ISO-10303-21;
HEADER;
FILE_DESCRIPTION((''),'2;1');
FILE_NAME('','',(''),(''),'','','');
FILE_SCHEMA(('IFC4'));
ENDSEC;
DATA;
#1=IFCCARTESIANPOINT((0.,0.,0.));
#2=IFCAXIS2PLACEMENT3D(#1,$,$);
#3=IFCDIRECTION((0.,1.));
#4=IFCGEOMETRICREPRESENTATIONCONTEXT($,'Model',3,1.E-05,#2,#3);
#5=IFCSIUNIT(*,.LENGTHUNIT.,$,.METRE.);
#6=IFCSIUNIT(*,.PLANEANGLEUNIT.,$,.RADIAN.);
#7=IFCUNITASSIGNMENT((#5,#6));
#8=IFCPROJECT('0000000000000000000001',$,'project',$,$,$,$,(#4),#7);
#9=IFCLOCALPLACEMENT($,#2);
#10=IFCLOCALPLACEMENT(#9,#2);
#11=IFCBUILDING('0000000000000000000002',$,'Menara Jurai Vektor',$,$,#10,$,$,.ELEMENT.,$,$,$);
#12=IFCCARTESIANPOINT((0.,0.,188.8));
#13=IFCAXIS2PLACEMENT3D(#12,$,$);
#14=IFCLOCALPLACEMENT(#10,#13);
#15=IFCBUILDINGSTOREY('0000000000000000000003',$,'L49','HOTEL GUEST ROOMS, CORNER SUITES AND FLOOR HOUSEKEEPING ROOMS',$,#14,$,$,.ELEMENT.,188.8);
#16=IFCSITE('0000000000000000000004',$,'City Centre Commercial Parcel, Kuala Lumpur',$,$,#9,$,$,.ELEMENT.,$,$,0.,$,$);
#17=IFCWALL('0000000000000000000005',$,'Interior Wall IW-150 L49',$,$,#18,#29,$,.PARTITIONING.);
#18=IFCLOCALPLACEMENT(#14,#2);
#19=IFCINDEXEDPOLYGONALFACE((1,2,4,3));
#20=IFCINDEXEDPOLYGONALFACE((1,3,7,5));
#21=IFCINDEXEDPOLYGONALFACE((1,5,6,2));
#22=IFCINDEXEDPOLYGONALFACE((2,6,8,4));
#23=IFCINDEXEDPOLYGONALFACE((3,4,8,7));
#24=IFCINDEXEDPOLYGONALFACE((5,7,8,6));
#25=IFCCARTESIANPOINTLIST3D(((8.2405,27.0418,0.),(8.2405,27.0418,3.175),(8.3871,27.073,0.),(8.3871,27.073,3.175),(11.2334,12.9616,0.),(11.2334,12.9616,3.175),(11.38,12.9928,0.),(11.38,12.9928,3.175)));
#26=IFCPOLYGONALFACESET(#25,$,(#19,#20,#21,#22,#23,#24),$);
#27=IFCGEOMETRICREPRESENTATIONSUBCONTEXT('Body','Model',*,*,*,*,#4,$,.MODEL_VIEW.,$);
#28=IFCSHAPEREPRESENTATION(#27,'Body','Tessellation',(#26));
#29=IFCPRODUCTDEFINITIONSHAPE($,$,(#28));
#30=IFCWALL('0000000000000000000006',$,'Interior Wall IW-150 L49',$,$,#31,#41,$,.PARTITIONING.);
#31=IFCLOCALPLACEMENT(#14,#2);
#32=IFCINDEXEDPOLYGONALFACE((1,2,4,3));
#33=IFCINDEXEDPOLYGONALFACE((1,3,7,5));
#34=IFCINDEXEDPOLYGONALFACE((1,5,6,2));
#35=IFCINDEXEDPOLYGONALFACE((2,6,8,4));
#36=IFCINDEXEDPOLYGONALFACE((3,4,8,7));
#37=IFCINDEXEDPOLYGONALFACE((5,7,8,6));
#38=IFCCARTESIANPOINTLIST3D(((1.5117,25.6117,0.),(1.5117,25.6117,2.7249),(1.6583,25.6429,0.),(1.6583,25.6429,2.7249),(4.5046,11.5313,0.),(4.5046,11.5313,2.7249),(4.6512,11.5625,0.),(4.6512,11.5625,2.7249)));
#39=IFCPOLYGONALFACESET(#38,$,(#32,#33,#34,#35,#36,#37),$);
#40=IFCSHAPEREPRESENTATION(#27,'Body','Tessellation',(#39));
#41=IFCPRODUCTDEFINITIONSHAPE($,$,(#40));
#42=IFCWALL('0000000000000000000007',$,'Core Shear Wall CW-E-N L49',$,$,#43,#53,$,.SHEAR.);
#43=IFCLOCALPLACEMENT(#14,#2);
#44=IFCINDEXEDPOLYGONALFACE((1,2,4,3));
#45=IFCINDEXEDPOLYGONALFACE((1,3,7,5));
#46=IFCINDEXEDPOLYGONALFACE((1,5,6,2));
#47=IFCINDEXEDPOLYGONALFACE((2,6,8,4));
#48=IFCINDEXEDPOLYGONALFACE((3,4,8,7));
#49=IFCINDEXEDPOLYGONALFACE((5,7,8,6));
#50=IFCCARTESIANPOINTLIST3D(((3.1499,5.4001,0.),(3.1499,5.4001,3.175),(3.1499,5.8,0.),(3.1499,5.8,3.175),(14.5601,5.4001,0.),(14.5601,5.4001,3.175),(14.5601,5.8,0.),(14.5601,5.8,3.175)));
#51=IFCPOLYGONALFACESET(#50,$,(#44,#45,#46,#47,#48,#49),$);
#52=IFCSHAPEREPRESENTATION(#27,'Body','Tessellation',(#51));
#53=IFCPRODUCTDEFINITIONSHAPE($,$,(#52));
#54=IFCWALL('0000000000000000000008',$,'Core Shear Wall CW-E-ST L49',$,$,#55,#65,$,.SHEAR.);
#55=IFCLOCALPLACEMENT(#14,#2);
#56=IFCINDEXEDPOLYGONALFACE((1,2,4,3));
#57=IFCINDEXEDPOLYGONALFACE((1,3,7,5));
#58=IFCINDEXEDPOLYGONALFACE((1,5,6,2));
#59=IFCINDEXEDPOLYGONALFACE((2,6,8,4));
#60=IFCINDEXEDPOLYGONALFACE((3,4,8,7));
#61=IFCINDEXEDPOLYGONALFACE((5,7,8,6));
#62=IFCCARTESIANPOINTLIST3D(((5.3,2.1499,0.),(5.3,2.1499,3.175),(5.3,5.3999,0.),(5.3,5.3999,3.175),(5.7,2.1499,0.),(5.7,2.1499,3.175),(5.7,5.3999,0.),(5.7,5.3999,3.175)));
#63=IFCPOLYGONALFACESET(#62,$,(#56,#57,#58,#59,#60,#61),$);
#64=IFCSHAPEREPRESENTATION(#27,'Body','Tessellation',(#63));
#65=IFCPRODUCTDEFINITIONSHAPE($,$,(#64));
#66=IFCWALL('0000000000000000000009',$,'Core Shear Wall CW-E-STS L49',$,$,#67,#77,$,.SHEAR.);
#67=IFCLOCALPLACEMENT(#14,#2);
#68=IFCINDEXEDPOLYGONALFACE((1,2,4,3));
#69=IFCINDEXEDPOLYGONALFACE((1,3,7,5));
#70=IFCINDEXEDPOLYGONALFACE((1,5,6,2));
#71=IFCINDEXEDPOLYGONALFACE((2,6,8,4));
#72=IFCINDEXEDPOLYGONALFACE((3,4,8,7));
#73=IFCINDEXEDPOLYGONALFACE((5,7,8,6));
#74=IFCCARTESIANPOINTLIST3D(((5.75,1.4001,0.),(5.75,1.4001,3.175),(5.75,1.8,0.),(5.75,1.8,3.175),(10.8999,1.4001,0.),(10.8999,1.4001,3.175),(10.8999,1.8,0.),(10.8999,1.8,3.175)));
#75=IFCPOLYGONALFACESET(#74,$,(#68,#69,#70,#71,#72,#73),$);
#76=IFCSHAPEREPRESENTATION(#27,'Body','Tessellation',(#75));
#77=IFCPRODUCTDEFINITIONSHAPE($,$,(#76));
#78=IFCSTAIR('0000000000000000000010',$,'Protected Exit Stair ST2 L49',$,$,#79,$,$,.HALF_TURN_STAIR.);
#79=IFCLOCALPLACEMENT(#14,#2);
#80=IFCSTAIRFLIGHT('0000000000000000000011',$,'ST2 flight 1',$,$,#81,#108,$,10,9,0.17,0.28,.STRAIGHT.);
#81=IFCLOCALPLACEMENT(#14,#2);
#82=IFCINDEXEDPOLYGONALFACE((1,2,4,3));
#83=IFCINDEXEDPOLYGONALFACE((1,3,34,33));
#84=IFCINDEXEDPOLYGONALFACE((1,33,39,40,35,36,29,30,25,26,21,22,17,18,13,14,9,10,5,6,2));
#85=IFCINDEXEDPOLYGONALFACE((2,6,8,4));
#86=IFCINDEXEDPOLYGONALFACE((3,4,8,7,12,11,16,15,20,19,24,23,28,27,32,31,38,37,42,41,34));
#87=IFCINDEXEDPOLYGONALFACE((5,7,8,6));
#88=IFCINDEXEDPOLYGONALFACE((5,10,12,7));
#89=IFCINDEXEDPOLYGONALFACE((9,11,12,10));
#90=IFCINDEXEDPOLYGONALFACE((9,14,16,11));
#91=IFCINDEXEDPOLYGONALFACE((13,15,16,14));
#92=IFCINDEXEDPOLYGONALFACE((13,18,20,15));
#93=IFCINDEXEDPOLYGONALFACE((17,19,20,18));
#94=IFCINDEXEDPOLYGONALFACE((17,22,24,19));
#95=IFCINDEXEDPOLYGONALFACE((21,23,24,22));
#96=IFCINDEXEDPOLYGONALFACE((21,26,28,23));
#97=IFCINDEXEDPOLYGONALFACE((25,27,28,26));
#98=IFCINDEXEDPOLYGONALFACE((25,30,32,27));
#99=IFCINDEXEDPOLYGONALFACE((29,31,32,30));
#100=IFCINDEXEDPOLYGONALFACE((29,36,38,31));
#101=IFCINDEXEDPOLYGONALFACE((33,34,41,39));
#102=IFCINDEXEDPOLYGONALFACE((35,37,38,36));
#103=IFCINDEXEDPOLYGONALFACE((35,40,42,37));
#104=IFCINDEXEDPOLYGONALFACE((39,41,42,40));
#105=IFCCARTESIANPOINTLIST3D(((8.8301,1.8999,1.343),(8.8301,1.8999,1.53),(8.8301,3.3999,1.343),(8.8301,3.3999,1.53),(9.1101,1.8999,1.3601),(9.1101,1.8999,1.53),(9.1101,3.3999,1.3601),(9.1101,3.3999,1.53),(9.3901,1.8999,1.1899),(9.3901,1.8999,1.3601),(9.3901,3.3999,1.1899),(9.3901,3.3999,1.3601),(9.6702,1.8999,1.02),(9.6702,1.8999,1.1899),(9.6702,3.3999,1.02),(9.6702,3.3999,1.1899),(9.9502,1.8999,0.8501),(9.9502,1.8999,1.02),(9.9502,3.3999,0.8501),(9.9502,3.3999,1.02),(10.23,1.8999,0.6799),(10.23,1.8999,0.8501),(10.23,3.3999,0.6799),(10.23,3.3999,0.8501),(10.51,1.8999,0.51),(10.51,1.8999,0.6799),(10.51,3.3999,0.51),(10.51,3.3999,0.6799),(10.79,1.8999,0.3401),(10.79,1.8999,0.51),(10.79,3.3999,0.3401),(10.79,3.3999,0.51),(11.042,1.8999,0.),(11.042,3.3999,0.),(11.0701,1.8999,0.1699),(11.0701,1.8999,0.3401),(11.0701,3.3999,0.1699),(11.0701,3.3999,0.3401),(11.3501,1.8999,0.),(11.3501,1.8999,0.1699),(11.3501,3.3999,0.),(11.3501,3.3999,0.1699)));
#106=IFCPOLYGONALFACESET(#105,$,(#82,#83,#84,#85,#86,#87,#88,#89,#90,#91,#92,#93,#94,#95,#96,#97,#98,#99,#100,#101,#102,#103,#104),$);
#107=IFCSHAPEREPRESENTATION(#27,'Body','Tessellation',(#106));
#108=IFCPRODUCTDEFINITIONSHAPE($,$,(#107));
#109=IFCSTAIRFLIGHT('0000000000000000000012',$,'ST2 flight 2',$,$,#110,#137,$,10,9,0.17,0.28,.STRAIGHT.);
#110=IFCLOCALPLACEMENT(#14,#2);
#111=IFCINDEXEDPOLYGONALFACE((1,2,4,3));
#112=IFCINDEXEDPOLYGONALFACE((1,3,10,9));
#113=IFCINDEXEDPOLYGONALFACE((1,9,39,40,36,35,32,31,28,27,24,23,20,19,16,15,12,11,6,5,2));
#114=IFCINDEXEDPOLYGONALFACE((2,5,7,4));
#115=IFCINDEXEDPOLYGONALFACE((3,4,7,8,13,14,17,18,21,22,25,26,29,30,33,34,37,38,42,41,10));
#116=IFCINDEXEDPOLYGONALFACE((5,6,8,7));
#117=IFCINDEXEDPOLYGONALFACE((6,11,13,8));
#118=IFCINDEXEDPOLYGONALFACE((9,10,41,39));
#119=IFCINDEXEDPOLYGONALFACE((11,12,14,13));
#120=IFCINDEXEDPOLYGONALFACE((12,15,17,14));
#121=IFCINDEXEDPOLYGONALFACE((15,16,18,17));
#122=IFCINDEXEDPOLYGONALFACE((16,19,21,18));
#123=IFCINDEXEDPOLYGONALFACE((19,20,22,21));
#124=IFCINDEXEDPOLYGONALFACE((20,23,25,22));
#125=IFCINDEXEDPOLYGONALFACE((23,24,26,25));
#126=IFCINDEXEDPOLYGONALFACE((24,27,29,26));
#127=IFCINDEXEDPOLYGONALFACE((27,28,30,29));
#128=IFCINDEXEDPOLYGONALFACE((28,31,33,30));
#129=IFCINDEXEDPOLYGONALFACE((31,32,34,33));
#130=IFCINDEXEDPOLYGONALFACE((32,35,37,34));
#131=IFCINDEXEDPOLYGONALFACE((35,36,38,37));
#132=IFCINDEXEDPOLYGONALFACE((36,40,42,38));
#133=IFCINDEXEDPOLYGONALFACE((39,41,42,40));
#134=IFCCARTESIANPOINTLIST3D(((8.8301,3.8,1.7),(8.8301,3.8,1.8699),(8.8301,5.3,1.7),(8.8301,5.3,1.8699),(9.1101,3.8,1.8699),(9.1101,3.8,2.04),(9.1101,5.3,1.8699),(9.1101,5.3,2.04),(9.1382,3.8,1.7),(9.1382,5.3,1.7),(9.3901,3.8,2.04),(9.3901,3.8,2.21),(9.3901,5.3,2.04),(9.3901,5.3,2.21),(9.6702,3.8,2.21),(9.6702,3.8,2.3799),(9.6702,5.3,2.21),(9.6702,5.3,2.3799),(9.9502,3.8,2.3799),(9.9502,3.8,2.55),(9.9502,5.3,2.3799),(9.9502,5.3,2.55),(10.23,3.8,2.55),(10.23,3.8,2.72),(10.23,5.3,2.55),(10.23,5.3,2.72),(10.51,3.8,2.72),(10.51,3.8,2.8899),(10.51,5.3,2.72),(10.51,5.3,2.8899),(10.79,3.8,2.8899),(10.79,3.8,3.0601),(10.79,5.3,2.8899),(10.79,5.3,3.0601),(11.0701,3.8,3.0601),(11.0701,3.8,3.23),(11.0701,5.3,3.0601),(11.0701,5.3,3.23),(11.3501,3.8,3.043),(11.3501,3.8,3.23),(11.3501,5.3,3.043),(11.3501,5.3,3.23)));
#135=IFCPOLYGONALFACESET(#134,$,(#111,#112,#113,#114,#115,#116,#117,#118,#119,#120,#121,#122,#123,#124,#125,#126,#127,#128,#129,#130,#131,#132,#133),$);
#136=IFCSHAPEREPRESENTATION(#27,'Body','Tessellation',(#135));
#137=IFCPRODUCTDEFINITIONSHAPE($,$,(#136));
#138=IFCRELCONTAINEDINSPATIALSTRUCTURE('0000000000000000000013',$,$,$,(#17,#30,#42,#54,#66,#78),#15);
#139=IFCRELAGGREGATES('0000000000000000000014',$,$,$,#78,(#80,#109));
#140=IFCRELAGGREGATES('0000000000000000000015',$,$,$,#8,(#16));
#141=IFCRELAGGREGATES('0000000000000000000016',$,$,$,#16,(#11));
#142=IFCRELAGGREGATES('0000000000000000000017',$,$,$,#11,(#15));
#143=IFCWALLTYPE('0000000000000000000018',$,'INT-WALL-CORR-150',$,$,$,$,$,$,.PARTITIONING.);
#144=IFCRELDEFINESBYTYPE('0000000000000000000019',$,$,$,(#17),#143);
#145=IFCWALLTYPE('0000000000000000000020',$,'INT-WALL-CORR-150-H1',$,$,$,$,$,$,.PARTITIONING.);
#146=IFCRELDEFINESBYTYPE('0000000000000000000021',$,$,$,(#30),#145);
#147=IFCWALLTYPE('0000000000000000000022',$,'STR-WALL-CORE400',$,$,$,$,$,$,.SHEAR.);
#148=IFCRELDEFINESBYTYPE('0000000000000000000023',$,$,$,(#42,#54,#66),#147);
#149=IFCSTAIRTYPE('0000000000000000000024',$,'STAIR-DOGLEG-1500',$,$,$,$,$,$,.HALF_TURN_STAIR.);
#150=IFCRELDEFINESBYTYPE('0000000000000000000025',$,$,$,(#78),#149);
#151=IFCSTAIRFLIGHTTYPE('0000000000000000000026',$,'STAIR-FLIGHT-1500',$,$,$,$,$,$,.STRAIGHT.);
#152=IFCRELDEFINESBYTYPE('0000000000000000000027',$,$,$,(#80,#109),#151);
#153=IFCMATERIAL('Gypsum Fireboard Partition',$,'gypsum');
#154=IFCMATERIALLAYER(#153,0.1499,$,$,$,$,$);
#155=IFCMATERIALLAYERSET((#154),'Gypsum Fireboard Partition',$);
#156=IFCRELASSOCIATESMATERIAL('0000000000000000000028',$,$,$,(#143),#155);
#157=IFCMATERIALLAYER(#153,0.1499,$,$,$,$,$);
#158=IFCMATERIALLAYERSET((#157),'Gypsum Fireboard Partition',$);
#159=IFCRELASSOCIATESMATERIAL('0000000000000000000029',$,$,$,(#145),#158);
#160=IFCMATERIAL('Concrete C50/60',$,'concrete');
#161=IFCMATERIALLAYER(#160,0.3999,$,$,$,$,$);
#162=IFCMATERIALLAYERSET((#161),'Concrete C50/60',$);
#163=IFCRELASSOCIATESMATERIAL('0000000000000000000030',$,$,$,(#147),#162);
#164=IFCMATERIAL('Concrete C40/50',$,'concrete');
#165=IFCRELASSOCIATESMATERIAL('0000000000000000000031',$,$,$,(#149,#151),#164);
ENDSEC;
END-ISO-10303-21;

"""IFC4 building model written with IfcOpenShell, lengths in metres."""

from ifc_helpers import new_model, si_unit, direction, frame, frame_2d, origin, place, context, subcontext, project, spatial, polyline, rectangle, outline, extrude, material, layer, layer_set, type_object, element, aggregate, save


model = new_model("IFC4")

# Units and contexts
model_context = context("Model", 3, precision=1e-05, world=origin(), true_north=direction((0.0, 1.0)))
body_context = subcontext(model_context, "Body", "Model", "MODEL_VIEW")
ifc_project = project(units=[si_unit("LENGTHUNIT", "METRE"), si_unit("PLANEANGLEUNIT", "RADIAN")], contexts=[model_context])

# Site, building, storey
site_placement = place(None, origin())
site = spatial("IfcSite", under=ifc_project, at=site_placement, Name="City Centre Commercial Parcel, Kuala Lumpur", CompositionType="ELEMENT", RefElevation=0.0)
building_placement = place(site_placement, origin())
building = spatial("IfcBuilding", under=site, at=building_placement, Name="Menara Jurai Vektor", CompositionType="ELEMENT")
storey_placement = place(building_placement, frame((0.0, 0.0, 188.8)))
storey = spatial("IfcBuildingStorey", under=building, at=storey_placement, Name="L49", Description="HOTEL GUEST ROOMS, CORNER SUITES AND FLOOR HOUSEKEEPING ROOMS", CompositionType="ELEMENT", Elevation=188.8)

# Shared definitions
ifc_material_1 = material(Name="Concrete C50/60", Category="concrete")

# Shared definitions
ifc_material_2 = material(Name="Concrete C40/50", Category="concrete")

# Shared definitions
ifc_material_3 = material(Name="Gypsum Fireboard Partition", Category="gypsum")
ifc_layer_1 = layer(ifc_material_3, 0.1499)
ifc_layer_set_1 = layer_set([ifc_layer_1], Name="Gypsum Fireboard Partition")
wall_type_1 = type_object("IfcWallType", Name="INT-WALL-CORR-150", PredefinedType="PARTITIONING", material=ifc_layer_set_1)

# Walls
for number, where, z_axis, x_axis, name in (
    (1, (11.3066, 12.9773, 0.0), (0.0, 0.0, 1.0), (-0.207915, 0.978147, 0.0), "Interior Wall IW-150 L49"),
):
    element("IfcWall", number, at=place(storey_placement, frame(where, z_axis=z_axis, x_axis=x_axis)), inside=storey, type_object=wall_type_1, Name=name, PredefinedType="PARTITIONING", context=body_context, shape_type="SweptSolid", body=[
        extrude(rectangle(XDim=14.3948, YDim=0.1499, at=frame_2d((7.1973, 0.0))), origin(), (0.0, 0.0, 1.0), 3.175),
    ])
ifc_layer_2 = layer(ifc_material_3, 0.1499)
ifc_layer_set_2 = layer_set([ifc_layer_2], Name="Gypsum Fireboard Partition")
wall_type_2 = type_object("IfcWallType", Name="INT-WALL-CORR-150-H1", PredefinedType="PARTITIONING", material=ifc_layer_set_2)
wall_1_placement = place(storey_placement, frame((4.5779, 11.5469, 0.0), z_axis=(0.0, 0.0, 1.0), x_axis=(-0.207912, 0.978148, 0.0)))
element("IfcWall", 2, at=wall_1_placement, inside=storey, type_object=wall_type_2, Name="Interior Wall IW-150 L49", PredefinedType="PARTITIONING", context=body_context, shape_type="SweptSolid", body=[
    extrude(rectangle(XDim=14.395, YDim=0.1499, at=frame_2d((7.1975, 0.0))), origin(), (0.0, 0.0, 1.0), 2.7249),
])
ifc_layer_3 = layer(ifc_material_1, 0.3999)
ifc_layer_set_3 = layer_set([ifc_layer_3], Name="Concrete C50/60")
wall_type_3 = type_object("IfcWallType", Name="STR-WALL-CORE400", PredefinedType="SHEAR", material=ifc_layer_set_3)
wall_2_placement = place(storey_placement, frame((3.1499, 5.6001, 0.0), z_axis=(0.0, 0.0, 1.0), x_axis=(1.0, 0.0, 0.0)))
element("IfcWall", 3, at=wall_2_placement, inside=storey, type_object=wall_type_3, Name="Core Shear Wall CW-E-N L49", PredefinedType="SHEAR", context=body_context, shape_type="SweptSolid", body=[
    extrude(rectangle(XDim=11.4102, YDim=0.3999, at=frame_2d((5.7051, 0.0))), origin(), (0.0, 0.0, 1.0), 3.175),
])
wall_3_placement = place(storey_placement, frame((5.5, 2.1499, 0.0), z_axis=(0.0, 0.0, 1.0), x_axis=(0.0, 1.0, 0.0)))
element("IfcWall", 4, at=wall_3_placement, inside=storey, type_object=wall_type_3, Name="Core Shear Wall CW-E-ST L49", PredefinedType="SHEAR", context=body_context, shape_type="SweptSolid", body=[
    extrude(rectangle(XDim=3.25, YDim=0.3999, at=frame_2d((1.625, 0.0))), origin(), (0.0, 0.0, 1.0), 3.175),
])
wall_4_placement = place(storey_placement, frame((5.75, 1.6001, 0.0), z_axis=(0.0, 0.0, 1.0), x_axis=(1.0, 0.0, 0.0)))
element("IfcWall", 5, at=wall_4_placement, inside=storey, type_object=wall_type_3, Name="Core Shear Wall CW-E-STS L49", PredefinedType="SHEAR", context=body_context, shape_type="SweptSolid", body=[
    extrude(rectangle(XDim=5.1499, YDim=0.3999, at=frame_2d((2.575, 0.0))), origin(), (0.0, 0.0, 1.0), 3.175),
])

# Stair, stair flights
stair_type = type_object("IfcStairType", Name="STAIR-DOGLEG-1500", PredefinedType="HALF_TURN_STAIR", material=ifc_material_2)
stair_placement = place(storey_placement, origin())
stair = element("IfcStair", 6, at=stair_placement, inside=storey, type_object=stair_type, Name="Protected Exit Stair ST2 L49", PredefinedType="HALF_TURN_STAIR")
stair_flight_type = type_object("IfcStairFlightType", Name="STAIR-FLIGHT-1500", PredefinedType="STRAIGHT", material=ifc_material_2)
stair_flight_1_placement = place(storey_placement, frame((11.3501, 2.6499, 0.0), z_axis=(0.0, 0.0, 1.0), x_axis=(-1.0, 0.0, 0.0)))
stair_flight_1 = element("IfcStairFlight", 7, at=stair_flight_1_placement, type_object=stair_flight_type, Name="ST2 flight 1", NumberOfRisers=10, NumberOfTreads=9, PredefinedType="STRAIGHT", RiserHeight=0.17, TreadLength=0.28, context=body_context, shape_type="SweptSolid", body=[
    extrude(outline(polyline([(0.0, 0.0), (0.0, 0.1699), (0.28, 0.1699), (0.28, 0.3401), (0.5601, 0.3401), (0.5601, 0.51), (0.8401, 0.51), (0.8401, 0.6799), (1.1201, 0.6799), (1.1201, 0.8501), (1.3999, 0.8501), (1.3999, 1.02), (1.6799, 1.02), (1.6799, 1.1899), (1.96, 1.1899), (1.96, 1.3601), (2.24, 1.3601), (2.24, 1.53), (2.52, 1.53), (2.52, 1.7), (2.52, 1.343), (0.3081, 0.0), (0.0, 0.0)])), frame((0.0, 0.75, 0.0), z_axis=(0.0, -1.0, 0.0), x_axis=(1.0, 0.0, 0.0)), (0.0, 0.0, 1.0), 1.5),
])
stair_flight_2_placement = place(storey_placement, frame((8.8301, 4.55, 1.7), z_axis=(0.0, 0.0, 1.0), x_axis=(1.0, 0.0, 0.0)))
stair_flight_2 = element("IfcStairFlight", 8, at=stair_flight_2_placement, type_object=stair_flight_type, Name="ST2 flight 2", NumberOfRisers=10, NumberOfTreads=9, PredefinedType="STRAIGHT", RiserHeight=0.17, TreadLength=0.28, context=body_context, shape_type="SweptSolid", body=[
    extrude(outline(polyline([(0.0, 0.0), (0.0, 0.1699), (0.28, 0.1699), (0.28, 0.3401), (0.5601, 0.3401), (0.5601, 0.51), (0.8401, 0.51), (0.8401, 0.6799), (1.1201, 0.6799), (1.1201, 0.8501), (1.3999, 0.8501), (1.3999, 1.02), (1.6799, 1.02), (1.6799, 1.1899), (1.96, 1.1899), (1.96, 1.3601), (2.24, 1.3601), (2.24, 1.53), (2.52, 1.53), (2.52, 1.7), (2.52, 1.343), (0.3081, 0.0), (0.0, 0.0)])), frame((0.0, 0.75, 0.0), z_axis=(0.0, -1.0, 0.0), x_axis=(1.0, 0.0, 0.0)), (0.0, 0.0, 1.0), 1.5),
])
aggregate(stair, [stair_flight_1, stair_flight_2])

save(model, "model.ifc")
